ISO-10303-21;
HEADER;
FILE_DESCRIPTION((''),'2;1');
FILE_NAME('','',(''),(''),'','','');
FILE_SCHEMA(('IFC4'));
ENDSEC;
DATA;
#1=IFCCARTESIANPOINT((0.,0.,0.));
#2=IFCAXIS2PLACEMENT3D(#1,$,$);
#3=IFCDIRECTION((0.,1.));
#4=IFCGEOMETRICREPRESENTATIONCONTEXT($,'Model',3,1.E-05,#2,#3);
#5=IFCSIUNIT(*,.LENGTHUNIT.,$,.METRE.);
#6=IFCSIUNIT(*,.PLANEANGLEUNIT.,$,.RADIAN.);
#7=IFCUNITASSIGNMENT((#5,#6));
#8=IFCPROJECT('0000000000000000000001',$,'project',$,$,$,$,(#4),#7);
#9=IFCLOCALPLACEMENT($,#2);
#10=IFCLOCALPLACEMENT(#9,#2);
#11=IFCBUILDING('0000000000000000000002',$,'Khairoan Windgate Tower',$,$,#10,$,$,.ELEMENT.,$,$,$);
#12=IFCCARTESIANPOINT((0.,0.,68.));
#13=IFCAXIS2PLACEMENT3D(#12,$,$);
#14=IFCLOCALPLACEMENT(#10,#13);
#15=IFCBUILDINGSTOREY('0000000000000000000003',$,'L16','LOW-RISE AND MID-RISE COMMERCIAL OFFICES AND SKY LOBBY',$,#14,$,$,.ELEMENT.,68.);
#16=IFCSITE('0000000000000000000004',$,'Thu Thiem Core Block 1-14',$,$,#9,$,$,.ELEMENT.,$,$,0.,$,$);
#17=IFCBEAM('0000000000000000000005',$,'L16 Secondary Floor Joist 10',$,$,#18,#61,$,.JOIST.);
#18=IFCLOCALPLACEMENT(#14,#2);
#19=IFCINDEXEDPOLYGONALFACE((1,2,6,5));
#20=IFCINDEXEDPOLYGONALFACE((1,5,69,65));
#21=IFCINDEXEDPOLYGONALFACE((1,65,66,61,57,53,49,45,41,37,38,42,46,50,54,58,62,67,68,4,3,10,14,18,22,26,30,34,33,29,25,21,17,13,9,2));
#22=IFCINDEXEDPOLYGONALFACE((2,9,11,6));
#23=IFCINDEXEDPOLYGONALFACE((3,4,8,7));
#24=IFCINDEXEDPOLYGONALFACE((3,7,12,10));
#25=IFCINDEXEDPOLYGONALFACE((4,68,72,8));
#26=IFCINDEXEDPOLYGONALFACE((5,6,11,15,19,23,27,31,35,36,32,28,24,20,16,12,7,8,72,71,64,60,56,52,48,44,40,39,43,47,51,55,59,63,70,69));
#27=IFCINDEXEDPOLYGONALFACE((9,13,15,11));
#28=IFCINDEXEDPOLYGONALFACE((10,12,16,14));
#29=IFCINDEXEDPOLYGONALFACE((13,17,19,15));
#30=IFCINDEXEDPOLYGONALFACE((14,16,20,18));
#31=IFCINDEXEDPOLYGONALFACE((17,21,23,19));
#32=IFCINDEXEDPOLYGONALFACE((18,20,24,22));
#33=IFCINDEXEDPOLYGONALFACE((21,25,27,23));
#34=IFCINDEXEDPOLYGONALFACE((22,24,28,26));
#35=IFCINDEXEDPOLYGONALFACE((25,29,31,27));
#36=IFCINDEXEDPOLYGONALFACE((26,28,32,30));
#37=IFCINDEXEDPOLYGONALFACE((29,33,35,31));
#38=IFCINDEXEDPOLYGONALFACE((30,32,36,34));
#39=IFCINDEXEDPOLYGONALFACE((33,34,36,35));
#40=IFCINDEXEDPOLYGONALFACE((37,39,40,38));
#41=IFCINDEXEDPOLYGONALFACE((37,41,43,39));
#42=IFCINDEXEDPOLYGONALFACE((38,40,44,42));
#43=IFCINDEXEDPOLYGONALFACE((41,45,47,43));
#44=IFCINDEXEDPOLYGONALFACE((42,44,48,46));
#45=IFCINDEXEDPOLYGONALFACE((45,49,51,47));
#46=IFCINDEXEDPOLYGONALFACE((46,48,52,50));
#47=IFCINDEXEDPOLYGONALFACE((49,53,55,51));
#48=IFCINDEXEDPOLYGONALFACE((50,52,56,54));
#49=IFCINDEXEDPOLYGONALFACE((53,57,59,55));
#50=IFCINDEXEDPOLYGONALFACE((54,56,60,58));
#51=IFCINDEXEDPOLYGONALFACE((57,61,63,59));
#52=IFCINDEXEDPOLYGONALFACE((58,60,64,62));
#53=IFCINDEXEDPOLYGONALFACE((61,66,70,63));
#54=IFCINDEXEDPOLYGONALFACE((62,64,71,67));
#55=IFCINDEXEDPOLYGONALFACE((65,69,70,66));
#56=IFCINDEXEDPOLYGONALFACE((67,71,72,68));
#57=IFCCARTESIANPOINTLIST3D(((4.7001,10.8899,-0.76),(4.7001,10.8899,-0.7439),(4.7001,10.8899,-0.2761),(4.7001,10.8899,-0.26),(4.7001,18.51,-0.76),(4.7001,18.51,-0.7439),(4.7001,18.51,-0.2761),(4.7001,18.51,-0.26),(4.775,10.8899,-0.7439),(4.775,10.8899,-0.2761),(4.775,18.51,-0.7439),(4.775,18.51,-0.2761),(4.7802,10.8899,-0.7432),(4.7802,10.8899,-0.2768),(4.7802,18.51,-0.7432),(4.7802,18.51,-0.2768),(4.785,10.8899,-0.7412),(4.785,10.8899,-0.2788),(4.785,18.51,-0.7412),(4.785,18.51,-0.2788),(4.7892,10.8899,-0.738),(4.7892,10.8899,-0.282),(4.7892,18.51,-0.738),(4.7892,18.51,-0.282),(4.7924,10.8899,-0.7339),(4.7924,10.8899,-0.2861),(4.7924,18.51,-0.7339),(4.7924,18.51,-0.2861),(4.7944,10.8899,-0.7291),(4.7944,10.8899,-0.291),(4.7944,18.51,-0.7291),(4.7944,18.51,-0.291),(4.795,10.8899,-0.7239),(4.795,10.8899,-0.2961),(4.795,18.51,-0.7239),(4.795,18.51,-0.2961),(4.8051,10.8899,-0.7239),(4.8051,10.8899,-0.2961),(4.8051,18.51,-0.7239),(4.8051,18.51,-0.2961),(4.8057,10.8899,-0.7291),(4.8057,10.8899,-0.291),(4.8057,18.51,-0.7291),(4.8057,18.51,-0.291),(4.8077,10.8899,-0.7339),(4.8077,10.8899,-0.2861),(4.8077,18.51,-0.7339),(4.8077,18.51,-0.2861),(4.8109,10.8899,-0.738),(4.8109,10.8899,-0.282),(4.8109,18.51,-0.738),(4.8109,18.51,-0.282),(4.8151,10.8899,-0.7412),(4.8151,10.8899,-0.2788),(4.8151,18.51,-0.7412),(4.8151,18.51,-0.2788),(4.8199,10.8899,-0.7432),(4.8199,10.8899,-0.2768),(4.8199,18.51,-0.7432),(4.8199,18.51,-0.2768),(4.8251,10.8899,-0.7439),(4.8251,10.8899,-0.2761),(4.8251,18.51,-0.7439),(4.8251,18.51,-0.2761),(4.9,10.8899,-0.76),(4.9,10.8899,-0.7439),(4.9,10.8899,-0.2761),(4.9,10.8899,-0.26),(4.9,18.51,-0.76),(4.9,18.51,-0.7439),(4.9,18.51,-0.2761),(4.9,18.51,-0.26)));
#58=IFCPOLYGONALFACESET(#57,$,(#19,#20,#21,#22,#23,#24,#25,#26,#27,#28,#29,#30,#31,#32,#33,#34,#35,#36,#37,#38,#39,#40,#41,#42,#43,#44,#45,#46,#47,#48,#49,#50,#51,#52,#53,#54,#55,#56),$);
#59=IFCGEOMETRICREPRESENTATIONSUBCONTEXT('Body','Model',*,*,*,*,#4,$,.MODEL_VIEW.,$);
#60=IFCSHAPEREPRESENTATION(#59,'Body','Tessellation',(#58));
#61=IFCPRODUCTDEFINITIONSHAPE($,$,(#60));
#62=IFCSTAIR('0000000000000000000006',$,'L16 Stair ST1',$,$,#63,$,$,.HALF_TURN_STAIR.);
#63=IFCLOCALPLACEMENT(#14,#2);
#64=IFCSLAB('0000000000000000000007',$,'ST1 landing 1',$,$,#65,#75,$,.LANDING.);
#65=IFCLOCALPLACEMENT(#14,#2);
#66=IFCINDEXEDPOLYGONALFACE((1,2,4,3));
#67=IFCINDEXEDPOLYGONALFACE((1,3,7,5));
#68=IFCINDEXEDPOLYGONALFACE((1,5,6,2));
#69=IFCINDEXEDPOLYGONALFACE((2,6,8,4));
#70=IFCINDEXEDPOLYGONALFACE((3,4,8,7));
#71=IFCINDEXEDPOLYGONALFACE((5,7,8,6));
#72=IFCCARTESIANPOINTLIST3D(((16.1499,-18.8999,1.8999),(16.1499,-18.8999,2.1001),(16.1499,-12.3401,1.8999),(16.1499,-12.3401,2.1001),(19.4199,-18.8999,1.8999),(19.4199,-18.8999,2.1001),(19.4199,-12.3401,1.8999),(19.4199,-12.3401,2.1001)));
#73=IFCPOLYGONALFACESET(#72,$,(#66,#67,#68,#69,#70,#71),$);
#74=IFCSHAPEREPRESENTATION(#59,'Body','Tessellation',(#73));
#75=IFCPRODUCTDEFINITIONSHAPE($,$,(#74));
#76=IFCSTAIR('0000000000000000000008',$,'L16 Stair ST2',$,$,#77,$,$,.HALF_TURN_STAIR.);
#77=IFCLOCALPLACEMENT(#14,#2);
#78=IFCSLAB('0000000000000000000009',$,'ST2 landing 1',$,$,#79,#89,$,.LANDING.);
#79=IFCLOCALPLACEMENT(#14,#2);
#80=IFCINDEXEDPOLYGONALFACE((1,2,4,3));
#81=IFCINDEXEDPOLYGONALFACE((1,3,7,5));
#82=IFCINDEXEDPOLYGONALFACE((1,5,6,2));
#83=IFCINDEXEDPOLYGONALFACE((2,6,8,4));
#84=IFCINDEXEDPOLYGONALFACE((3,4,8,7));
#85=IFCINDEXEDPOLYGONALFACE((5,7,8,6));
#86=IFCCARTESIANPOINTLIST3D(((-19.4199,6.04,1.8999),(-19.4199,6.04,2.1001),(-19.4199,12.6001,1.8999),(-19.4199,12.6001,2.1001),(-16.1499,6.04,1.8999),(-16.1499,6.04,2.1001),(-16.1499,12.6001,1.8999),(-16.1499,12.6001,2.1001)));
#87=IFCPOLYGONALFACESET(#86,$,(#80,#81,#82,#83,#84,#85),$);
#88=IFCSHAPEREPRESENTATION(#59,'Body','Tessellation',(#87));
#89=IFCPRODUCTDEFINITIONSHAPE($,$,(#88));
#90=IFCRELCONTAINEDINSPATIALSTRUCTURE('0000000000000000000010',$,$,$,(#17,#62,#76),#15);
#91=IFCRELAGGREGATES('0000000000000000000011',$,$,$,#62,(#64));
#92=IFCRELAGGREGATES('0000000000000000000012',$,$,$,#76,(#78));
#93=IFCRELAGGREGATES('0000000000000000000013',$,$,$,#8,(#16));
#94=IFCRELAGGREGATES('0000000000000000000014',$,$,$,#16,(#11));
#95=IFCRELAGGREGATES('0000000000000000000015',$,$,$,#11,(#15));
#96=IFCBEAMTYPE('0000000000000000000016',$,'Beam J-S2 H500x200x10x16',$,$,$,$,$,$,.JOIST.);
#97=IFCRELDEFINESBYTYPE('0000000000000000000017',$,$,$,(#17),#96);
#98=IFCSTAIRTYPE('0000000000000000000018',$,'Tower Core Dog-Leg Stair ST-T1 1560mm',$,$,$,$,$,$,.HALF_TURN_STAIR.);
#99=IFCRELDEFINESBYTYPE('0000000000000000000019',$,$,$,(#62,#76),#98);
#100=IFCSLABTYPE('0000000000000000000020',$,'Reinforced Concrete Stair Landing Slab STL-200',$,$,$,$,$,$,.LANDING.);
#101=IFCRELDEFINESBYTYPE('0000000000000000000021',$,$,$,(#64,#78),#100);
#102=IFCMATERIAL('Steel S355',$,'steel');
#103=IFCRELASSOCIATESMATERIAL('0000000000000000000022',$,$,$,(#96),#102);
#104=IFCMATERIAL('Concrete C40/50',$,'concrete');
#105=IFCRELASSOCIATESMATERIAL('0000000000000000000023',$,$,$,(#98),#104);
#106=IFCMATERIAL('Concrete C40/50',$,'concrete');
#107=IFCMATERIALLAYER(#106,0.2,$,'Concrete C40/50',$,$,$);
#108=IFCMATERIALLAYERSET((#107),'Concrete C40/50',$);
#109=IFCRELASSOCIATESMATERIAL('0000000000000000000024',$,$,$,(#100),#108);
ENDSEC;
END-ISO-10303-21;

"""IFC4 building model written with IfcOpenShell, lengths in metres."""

from ifc_helpers import new_model, si_unit, direction, frame, origin, origin_2d, place, context, subcontext, project, spatial, polyline, i_section, outline, extrude, material, layer, layer_set, material_profile, profile_set, type_object, element, aggregate, save


model = new_model("IFC4")

# Units and contexts
model_context = context("Model", 3, precision=1e-05, world=origin(), true_north=direction((0.0, 1.0)))
body_context = subcontext(model_context, "Body", "Model", "MODEL_VIEW")
ifc_project = project(units=[si_unit("LENGTHUNIT", "METRE"), si_unit("PLANEANGLEUNIT", "RADIAN")], contexts=[model_context])

# Site, building, storey
site_placement = place(None, origin())
site = spatial("IfcSite", under=ifc_project, at=site_placement, Name="Thu Thiem Core Block 1-14", CompositionType="ELEMENT", RefElevation=0.0)
building_placement = place(site_placement, origin())
building = spatial("IfcBuilding", under=site, at=building_placement, Name="Khairoan Windgate Tower", CompositionType="ELEMENT")
storey_placement = place(building_placement, frame((0.0, 0.0, 68.0)))
storey = spatial("IfcBuildingStorey", under=building, at=storey_placement, Name="L16", Description="LOW-RISE AND MID-RISE COMMERCIAL OFFICES AND SKY LOBBY", CompositionType="ELEMENT", Elevation=68.0)

# Beam
ifc_material_1 = material(Name="Steel S355", Category="steel")
ifc_material_profile_1 = material_profile(ifc_material_1, i_section(OverallWidth=0.2, OverallDepth=0.5, WebThickness=0.01, FlangeThickness=0.0161, FilletRadius=0.02, at=origin_2d()))
ifc_profile_set_1 = profile_set([ifc_material_profile_1], Name="Steel S355")
beam_type_1 = type_object("IfcBeamType", Name="Beam J-S2 H500x200x10x16", PredefinedType="JOIST", material=ifc_profile_set_1)
beam_1_placement = place(storey_placement, frame((4.8, 10.8899, -0.51), z_axis=(0.0, 1.0, 0.0), x_axis=(-1.0, 0.0, 0.0)))
element("IfcBeam", 1, at=beam_1_placement, inside=storey, type_object=beam_type_1, Name="L16 Secondary Floor Joist 10", PredefinedType="JOIST", context=body_context, shape_type="SweptSolid", body=[
    extrude(i_section(OverallWidth=0.2, OverallDepth=0.5, WebThickness=0.01, FlangeThickness=0.0161, FilletRadius=0.02, at=origin_2d()), origin(), (0.0, 0.0, 1.0), 7.6201),
])

# Stairs, slabs
ifc_material_2 = material(Name="Concrete C40/50", Category="concrete")
stair_type = type_object("IfcStairType", Name="Tower Core Dog-Leg Stair ST-T1 1560mm", PredefinedType="HALF_TURN_STAIR", material=ifc_material_2)
stair_1_placement = place(storey_placement, origin())
stair_1 = element("IfcStair", 2, at=stair_1_placement, inside=storey, type_object=stair_type, Name="L16 Stair ST1", PredefinedType="HALF_TURN_STAIR")
ifc_material_3 = material(Name="Concrete C40/50", Category="concrete")
ifc_layer_1 = layer(ifc_material_3, 0.2, Name="Concrete C40/50")
ifc_layer_set_1 = layer_set([ifc_layer_1], Name="Concrete C40/50")
slab_type_1 = type_object("IfcSlabType", Name="Reinforced Concrete Stair Landing Slab STL-200", PredefinedType="LANDING", material=ifc_layer_set_1)
slab_1_placement = place(storey_placement, frame((0.0, 0.0, 1.8999)))
slab_1 = element("IfcSlab", 3, at=slab_1_placement, type_object=slab_type_1, Name="ST1 landing 1", PredefinedType="LANDING", context=body_context, shape_type="SweptSolid", body=[
    extrude(outline(polyline([(16.1499, -12.3401), (16.1499, -18.8999), (19.4199, -18.8999), (19.4199, -12.3401), (16.1499, -12.3401)])), origin(), (0.0, 0.0, 1.0), 0.2002),
])
aggregate(stair_1, [slab_1])
stair_2_placement = place(storey_placement, origin())
stair_2 = element("IfcStair", 4, at=stair_2_placement, inside=storey, type_object=stair_type, Name="L16 Stair ST2", PredefinedType="HALF_TURN_STAIR")
slab_2_placement = place(storey_placement, frame((0.0, 0.0, 1.8999)))
slab_2 = element("IfcSlab", 5, at=slab_2_placement, type_object=slab_type_1, Name="ST2 landing 1", PredefinedType="LANDING", context=body_context, shape_type="SweptSolid", body=[
    extrude(outline(polyline([(-16.1499, 6.04), (-16.1499, 12.6001), (-19.4199, 12.6001), (-19.4199, 6.04), (-16.1499, 6.04)])), origin(), (0.0, 0.0, 1.0), 0.2002),
])
aggregate(stair_2, [slab_2])

save(model, "model.ifc")
